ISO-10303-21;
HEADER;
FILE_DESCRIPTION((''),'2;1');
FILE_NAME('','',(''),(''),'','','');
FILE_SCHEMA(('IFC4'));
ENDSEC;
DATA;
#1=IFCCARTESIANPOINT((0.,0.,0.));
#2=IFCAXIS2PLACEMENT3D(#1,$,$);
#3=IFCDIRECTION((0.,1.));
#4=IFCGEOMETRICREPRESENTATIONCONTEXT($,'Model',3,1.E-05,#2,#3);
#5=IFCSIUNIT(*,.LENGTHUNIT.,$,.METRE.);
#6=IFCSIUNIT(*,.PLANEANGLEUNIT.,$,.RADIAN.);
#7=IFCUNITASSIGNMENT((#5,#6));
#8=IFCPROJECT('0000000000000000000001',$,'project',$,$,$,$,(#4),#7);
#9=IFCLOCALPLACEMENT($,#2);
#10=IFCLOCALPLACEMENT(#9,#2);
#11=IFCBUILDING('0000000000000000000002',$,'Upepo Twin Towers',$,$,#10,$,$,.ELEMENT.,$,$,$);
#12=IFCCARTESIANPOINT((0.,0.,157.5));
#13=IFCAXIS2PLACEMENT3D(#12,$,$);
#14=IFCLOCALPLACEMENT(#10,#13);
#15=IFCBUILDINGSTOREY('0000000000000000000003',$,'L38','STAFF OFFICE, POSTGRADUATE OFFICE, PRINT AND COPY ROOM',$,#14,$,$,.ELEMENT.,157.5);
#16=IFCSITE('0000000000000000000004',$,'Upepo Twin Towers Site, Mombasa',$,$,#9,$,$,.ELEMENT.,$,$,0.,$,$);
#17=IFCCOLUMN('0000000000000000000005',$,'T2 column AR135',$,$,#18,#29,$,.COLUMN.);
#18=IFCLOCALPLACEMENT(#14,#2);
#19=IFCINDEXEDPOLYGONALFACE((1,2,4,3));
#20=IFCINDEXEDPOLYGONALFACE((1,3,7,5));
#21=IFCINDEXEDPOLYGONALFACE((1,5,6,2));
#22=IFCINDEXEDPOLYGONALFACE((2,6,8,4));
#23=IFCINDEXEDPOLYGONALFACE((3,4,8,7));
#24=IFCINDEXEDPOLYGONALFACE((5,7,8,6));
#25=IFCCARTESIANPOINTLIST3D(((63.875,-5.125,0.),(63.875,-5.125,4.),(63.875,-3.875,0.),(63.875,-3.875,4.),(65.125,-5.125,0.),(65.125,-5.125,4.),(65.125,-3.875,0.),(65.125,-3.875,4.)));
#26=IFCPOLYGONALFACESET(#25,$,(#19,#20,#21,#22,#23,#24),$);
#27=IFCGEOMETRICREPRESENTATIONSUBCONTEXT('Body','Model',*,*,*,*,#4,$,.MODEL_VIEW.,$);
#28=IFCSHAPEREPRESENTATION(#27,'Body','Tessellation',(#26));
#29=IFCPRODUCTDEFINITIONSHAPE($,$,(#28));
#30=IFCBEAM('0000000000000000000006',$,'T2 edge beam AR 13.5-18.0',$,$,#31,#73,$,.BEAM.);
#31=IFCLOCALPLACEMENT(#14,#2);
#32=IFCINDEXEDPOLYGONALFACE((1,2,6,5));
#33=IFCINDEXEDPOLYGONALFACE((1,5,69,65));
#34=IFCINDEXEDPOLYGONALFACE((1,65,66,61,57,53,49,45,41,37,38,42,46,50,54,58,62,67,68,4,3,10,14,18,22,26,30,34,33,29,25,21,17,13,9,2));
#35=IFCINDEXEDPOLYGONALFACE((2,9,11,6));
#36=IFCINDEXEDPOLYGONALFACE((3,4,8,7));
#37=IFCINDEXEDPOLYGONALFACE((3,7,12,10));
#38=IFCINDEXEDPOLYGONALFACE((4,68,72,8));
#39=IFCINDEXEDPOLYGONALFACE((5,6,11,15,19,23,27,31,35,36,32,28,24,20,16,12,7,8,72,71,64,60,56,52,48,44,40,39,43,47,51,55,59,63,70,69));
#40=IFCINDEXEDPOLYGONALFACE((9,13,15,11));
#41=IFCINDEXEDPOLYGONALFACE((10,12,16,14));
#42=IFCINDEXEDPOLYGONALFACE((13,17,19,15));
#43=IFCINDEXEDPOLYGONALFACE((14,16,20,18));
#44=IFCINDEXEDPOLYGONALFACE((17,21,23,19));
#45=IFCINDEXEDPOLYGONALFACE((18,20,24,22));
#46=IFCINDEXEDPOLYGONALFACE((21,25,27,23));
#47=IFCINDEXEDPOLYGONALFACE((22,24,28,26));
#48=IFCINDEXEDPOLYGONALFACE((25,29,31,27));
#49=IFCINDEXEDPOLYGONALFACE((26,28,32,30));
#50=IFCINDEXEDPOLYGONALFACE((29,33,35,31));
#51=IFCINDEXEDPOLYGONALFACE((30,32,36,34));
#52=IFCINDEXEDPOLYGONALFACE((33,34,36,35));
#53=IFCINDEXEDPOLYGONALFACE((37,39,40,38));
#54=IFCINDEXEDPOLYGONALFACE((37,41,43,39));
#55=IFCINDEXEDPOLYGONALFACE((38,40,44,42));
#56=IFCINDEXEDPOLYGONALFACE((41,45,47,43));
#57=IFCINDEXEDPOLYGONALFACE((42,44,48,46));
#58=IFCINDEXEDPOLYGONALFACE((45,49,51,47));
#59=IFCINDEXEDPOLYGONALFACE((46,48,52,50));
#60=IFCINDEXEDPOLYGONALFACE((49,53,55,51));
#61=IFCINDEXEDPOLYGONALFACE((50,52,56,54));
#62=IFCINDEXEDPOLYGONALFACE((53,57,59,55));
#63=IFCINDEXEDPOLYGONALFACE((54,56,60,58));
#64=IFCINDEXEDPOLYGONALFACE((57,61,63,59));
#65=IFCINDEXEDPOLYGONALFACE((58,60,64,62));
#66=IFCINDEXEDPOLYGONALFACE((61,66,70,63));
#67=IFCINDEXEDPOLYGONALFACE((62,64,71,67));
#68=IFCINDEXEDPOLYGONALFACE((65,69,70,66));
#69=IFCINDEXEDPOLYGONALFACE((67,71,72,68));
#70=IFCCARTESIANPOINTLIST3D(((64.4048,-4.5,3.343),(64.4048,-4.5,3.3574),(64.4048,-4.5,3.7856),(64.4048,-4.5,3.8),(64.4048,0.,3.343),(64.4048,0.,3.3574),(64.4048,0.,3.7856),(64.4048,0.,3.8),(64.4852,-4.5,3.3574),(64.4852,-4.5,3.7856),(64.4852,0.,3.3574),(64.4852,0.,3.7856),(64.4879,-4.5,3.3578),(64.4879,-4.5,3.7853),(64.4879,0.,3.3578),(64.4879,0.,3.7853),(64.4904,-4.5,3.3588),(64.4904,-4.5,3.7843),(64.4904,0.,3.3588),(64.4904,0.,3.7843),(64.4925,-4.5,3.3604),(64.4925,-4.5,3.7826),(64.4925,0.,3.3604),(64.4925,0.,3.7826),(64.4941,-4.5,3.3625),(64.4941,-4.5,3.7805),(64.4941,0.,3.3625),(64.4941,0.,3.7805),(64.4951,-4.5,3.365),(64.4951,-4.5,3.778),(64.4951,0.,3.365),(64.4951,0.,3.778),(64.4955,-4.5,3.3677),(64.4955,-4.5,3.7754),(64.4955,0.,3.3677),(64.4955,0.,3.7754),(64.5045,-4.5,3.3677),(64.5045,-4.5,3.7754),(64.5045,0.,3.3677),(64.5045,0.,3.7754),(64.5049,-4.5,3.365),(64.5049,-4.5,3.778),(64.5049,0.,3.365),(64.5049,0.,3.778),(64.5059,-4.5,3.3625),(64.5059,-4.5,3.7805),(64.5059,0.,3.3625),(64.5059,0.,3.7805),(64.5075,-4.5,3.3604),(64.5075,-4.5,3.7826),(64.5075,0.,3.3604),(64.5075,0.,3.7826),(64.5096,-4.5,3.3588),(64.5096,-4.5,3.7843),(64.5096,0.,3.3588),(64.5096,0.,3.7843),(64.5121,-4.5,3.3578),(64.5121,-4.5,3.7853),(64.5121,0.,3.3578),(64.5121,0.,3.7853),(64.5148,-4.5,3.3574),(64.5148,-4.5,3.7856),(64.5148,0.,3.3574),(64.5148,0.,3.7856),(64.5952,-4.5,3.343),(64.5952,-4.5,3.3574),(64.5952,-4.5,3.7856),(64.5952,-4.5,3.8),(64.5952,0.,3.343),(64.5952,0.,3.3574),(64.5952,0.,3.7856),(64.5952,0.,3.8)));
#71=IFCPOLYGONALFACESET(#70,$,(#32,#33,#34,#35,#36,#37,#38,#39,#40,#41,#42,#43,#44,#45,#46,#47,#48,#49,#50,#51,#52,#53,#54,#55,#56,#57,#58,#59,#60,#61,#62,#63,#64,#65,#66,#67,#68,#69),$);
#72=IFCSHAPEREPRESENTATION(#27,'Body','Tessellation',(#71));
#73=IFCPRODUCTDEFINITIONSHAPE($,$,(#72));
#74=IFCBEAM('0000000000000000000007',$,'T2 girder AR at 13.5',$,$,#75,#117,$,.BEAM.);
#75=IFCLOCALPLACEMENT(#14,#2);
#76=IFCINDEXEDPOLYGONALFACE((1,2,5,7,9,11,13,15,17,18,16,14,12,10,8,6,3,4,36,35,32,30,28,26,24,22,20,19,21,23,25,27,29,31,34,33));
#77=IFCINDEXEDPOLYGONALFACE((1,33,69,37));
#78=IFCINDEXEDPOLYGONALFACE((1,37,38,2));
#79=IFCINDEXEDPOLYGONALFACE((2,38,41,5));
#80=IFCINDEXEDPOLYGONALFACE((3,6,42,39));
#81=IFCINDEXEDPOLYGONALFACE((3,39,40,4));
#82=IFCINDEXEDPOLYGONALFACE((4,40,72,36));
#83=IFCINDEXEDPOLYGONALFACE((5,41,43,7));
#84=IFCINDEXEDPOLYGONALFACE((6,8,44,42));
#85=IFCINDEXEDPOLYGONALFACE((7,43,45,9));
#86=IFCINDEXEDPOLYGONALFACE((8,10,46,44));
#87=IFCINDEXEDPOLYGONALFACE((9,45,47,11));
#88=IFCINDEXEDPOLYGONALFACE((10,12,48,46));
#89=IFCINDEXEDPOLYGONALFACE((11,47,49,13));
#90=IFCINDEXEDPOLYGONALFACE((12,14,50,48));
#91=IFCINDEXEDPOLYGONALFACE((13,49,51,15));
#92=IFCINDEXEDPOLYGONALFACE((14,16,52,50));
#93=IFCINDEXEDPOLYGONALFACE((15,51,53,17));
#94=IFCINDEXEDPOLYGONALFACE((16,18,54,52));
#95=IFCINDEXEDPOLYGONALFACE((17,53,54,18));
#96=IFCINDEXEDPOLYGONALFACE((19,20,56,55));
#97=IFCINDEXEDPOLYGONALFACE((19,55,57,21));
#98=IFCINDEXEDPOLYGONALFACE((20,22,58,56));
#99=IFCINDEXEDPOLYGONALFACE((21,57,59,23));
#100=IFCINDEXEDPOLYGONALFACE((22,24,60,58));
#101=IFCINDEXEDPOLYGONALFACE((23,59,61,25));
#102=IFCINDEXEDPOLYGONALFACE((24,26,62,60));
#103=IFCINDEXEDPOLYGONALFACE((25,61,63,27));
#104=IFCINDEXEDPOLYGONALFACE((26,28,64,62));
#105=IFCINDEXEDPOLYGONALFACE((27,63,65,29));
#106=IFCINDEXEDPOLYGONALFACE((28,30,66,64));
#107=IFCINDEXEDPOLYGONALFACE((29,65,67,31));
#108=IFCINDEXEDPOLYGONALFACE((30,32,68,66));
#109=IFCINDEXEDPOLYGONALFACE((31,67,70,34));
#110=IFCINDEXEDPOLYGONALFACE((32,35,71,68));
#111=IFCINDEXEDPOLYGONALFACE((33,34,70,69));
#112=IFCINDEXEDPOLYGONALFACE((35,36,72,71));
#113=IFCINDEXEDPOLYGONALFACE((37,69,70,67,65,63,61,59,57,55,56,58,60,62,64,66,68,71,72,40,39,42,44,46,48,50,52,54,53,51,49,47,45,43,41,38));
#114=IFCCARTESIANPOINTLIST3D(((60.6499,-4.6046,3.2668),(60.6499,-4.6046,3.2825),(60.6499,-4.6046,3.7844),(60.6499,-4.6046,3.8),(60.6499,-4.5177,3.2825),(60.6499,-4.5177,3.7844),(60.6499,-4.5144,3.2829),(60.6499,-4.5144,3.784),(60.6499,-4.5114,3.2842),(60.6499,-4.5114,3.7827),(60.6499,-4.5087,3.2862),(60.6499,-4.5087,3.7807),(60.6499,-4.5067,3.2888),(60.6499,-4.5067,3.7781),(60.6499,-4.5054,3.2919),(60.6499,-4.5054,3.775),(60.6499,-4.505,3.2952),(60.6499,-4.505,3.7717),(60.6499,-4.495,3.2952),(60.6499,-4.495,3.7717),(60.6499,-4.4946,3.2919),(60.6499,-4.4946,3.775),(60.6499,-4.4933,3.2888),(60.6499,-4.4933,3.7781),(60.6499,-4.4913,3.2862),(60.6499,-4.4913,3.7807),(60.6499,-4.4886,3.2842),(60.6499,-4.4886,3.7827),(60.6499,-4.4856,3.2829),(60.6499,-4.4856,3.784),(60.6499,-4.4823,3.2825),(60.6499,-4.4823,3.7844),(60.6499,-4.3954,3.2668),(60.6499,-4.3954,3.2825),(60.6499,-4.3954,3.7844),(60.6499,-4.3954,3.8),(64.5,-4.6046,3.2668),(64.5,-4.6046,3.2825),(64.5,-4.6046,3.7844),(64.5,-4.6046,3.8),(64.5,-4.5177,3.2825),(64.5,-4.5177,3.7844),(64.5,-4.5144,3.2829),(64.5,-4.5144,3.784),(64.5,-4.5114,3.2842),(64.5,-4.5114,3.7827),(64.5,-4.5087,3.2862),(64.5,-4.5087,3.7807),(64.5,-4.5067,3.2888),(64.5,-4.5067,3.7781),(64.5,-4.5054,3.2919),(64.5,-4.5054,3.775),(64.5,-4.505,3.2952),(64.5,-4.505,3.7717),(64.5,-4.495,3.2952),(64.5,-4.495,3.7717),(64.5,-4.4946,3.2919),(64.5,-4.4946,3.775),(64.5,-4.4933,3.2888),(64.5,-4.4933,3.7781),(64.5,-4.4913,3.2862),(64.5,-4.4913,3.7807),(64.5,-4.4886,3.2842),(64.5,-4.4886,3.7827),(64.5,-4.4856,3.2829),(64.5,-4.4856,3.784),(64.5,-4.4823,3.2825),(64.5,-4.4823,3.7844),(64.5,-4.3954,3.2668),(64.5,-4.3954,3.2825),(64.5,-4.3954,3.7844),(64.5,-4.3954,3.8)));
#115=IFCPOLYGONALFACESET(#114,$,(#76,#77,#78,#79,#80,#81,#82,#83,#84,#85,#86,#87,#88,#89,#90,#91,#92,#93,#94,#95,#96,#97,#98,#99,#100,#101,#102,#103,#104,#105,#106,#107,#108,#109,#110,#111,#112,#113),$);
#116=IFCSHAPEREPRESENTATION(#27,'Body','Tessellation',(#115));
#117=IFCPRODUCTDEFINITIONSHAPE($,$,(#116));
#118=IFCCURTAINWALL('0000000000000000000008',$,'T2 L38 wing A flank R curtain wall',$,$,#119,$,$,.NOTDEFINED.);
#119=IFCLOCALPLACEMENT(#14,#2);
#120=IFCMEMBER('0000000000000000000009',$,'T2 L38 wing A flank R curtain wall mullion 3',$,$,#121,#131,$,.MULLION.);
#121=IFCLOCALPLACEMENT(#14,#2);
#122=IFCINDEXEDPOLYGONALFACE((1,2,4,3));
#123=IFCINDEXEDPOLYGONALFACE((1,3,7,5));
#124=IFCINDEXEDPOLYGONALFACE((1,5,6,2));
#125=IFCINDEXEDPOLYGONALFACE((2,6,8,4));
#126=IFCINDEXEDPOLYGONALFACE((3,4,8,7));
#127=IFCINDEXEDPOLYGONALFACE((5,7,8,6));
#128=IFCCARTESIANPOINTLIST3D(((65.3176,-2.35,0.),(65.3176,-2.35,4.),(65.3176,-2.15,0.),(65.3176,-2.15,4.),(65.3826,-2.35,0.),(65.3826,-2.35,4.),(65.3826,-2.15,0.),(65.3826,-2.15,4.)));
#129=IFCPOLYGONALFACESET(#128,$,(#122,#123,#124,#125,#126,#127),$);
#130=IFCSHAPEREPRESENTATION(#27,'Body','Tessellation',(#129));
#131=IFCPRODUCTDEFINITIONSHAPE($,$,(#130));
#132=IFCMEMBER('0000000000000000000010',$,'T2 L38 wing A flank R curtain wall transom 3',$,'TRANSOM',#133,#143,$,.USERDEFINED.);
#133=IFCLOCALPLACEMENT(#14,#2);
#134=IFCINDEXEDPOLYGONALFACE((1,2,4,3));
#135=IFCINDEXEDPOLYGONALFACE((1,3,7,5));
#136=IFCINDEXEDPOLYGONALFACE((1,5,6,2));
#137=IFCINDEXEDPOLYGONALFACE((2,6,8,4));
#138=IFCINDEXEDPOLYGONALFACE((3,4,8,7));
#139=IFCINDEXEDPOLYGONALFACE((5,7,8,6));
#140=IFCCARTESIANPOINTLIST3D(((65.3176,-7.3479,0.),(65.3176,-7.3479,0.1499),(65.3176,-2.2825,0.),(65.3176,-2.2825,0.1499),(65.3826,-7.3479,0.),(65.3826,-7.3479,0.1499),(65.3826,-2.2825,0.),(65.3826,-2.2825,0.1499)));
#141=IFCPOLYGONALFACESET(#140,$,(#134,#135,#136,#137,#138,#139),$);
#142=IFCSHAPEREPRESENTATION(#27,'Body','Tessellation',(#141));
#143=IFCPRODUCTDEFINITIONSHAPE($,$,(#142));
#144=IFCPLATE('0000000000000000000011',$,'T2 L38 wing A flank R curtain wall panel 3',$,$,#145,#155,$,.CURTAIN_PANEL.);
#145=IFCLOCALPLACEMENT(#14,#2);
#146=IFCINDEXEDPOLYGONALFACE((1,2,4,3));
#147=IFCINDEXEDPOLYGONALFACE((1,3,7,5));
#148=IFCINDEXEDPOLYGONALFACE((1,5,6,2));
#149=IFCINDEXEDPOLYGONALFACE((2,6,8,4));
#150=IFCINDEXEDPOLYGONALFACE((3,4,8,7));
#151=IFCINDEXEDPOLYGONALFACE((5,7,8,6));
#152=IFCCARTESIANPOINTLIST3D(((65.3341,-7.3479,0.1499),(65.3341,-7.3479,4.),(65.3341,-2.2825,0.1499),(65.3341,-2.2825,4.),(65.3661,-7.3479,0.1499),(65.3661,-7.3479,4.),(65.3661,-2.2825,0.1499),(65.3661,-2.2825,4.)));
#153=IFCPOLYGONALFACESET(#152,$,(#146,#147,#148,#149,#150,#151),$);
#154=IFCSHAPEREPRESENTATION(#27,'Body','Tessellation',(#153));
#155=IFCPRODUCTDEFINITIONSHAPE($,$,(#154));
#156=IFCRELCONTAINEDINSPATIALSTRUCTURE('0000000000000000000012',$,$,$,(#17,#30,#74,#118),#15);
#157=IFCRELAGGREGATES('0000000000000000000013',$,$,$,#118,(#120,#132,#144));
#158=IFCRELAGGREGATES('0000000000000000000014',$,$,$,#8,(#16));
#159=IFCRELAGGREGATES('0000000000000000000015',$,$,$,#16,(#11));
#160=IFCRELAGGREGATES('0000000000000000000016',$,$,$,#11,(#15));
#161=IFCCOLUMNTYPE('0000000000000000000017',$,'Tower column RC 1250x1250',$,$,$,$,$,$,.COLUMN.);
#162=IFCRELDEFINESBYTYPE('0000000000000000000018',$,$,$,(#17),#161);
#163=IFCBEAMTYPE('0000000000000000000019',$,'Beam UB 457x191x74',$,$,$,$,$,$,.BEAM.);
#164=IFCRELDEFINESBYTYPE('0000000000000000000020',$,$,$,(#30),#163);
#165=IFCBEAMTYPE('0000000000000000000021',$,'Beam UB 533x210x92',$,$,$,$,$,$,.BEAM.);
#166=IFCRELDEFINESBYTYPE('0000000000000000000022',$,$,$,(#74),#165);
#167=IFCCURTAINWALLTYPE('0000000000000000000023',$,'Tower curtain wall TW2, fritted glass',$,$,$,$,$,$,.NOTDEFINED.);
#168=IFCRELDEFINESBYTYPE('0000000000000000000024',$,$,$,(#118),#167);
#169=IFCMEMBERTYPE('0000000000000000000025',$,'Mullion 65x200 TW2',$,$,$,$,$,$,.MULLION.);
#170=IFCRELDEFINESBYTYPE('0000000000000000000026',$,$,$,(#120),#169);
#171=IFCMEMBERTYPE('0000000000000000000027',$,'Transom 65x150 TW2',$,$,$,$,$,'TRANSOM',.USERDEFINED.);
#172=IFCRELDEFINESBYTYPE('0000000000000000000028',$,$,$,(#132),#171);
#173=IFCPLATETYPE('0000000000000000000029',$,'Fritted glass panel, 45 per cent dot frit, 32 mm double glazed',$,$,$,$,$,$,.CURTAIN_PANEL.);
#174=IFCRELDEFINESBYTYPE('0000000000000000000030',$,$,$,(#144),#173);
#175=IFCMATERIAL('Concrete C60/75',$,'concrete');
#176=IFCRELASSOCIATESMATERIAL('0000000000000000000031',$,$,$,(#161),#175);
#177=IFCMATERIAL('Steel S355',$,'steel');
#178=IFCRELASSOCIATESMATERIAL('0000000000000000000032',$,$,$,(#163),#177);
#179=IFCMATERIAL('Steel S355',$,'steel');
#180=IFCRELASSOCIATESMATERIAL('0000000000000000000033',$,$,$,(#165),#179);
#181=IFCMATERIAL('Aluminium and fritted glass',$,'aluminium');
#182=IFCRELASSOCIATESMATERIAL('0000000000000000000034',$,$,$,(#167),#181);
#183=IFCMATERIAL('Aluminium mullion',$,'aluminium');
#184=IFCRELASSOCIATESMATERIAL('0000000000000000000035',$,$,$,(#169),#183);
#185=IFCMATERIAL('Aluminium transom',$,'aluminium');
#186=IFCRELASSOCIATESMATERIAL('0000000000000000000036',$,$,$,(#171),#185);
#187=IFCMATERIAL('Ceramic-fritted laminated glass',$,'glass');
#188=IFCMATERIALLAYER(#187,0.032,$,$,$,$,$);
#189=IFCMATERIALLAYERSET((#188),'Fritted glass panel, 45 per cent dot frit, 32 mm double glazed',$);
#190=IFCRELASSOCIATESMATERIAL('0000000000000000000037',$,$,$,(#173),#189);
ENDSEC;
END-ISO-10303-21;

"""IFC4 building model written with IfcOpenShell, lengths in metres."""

from ifc_helpers import new_model, si_unit, direction, frame, origin, origin_2d, place, context, subcontext, project, spatial, rectangle, i_section, extrude, material, layer, layer_set, material_profile, profile_set, type_object, element, aggregate, save


model = new_model("IFC4")

# Units and contexts
model_context = context("Model", 3, precision=1e-05, world=origin(), true_north=direction((0.0, 1.0)))
body_context = subcontext(model_context, "Body", "Model", "MODEL_VIEW")
ifc_project = project(units=[si_unit("LENGTHUNIT", "METRE"), si_unit("PLANEANGLEUNIT", "RADIAN")], contexts=[model_context])

# Site, building, storey
site_placement = place(None, origin())
site = spatial("IfcSite", under=ifc_project, at=site_placement, Name="Upepo Twin Towers Site, Mombasa", CompositionType="ELEMENT", RefElevation=0.0)
building_placement = place(site_placement, origin())
building = spatial("IfcBuilding", under=site, at=building_placement, Name="Upepo Twin Towers", CompositionType="ELEMENT")
storey_placement = place(building_placement, frame((0.0, 0.0, 157.5)))
storey = spatial("IfcBuildingStorey", under=building, at=storey_placement, Name="L38", Description="STAFF OFFICE, POSTGRADUATE OFFICE, PRINT AND COPY ROOM", CompositionType="ELEMENT", Elevation=157.5)

# Column
ifc_material_1 = material(Name="Concrete C60/75", Category="concrete")
ifc_material_profile_1 = material_profile(ifc_material_1, rectangle(XDim=1.25, YDim=1.25, at=origin_2d()), Name="RC 1250x1250")
ifc_profile_set_1 = profile_set([ifc_material_profile_1], Name="Concrete C60/75")
column_type = type_object("IfcColumnType", Name="Tower column RC 1250x1250", PredefinedType="COLUMN", material=ifc_profile_set_1)
column_placement = place(storey_placement, frame((64.5, -4.5, 0.0), z_axis=(0.0, 0.0, 1.0), x_axis=(1.0, 0.0, 0.0)))
element("IfcColumn", 1, at=column_placement, inside=storey, type_object=column_type, Name="T2 column AR135", PredefinedType="COLUMN", context=body_context, shape_type="SweptSolid", body=[
    extrude(rectangle(XDim=1.25, YDim=1.25, at=origin_2d()), origin(), (0.0, 0.0, 1.0), 4.0),
])

# Beams
ifc_material_2 = material(Name="Steel S355", Category="steel")
ifc_material_profile_2 = material_profile(ifc_material_2, i_section(OverallWidth=0.1904, OverallDepth=0.457, WebThickness=0.009, FlangeThickness=0.0144, FilletRadius=0.0103, at=origin_2d()), Name="UB 457x191x74")
ifc_profile_set_2 = profile_set([ifc_material_profile_2], Name="Steel S355")
beam_type_1 = type_object("IfcBeamType", Name="Beam UB 457x191x74", PredefinedType="BEAM", material=ifc_profile_set_2)
beam_1_placement = place(storey_placement, frame((64.5, -4.5, 3.5715), z_axis=(0.0, 1.0, 0.0), x_axis=(-1.0, 0.0, 0.0)))
element("IfcBeam", 2, at=beam_1_placement, inside=storey, type_object=beam_type_1, Name="T2 edge beam AR 13.5-18.0", PredefinedType="BEAM", context=body_context, shape_type="SweptSolid", body=[
    extrude(i_section(OverallWidth=0.1904, OverallDepth=0.457, WebThickness=0.009, FlangeThickness=0.0144, FilletRadius=0.0103, at=origin_2d()), origin(), (0.0, 0.0, 1.0), 4.5),
])
ifc_material_3 = material(Name="Steel S355", Category="steel")
ifc_material_profile_3 = material_profile(ifc_material_3, i_section(OverallWidth=0.2092, OverallDepth=0.5332, WebThickness=0.01, FlangeThickness=0.0156, FilletRadius=0.0127, at=origin_2d()), Name="UB 533x210x92")
ifc_profile_set_3 = profile_set([ifc_material_profile_3], Name="Steel S355")
beam_type_2 = type_object("IfcBeamType", Name="Beam UB 533x210x92", PredefinedType="BEAM", material=ifc_profile_set_3)
beam_2_placement = place(storey_placement, frame((64.5, -4.5, 3.5334), z_axis=(-1.0, 0.0, 0.0), x_axis=(0.0, -1.0, 0.0)))
element("IfcBeam", 3, at=beam_2_placement, inside=storey, type_object=beam_type_2, Name="T2 girder AR at 13.5", PredefinedType="BEAM", context=body_context, shape_type="SweptSolid", body=[
    extrude(i_section(OverallWidth=0.2092, OverallDepth=0.5332, WebThickness=0.01, FlangeThickness=0.0156, FilletRadius=0.0127, at=origin_2d()), origin(), (0.0, 0.0, 1.0), 3.8501),
])

# Curtain wall, members, plate
ifc_material_4 = material(Name="Aluminium and fritted glass", Category="aluminium")
curtain_wall_type = type_object("IfcCurtainWallType", Name="Tower curtain wall TW2, fritted glass", PredefinedType="NOTDEFINED", material=ifc_material_4)
curtain_wall_placement = place(storey_placement, origin())
curtain_wall = element("IfcCurtainWall", 4, at=curtain_wall_placement, inside=storey, type_object=curtain_wall_type, Name="T2 L38 wing A flank R curtain wall", PredefinedType="NOTDEFINED")
ifc_material_5 = material(Name="Aluminium mullion", Category="aluminium")
ifc_material_profile_4 = material_profile(ifc_material_5, rectangle(XDim=0.0649, YDim=0.2, at=origin_2d()), Name="MULLION 65x200")
ifc_profile_set_4 = profile_set([ifc_material_profile_4], Name="Aluminium mullion")
member_type_1 = type_object("IfcMemberType", Name="Mullion 65x200 TW2", PredefinedType="MULLION", material=ifc_profile_set_4)
member_1_placement = place(storey_placement, frame((65.3501, -2.25, 0.0), z_axis=(0.0, 0.0, 1.0), x_axis=(1.0, 0.0, 0.0)))
member_1 = element("IfcMember", 5, at=member_1_placement, type_object=member_type_1, Name="T2 L38 wing A flank R curtain wall mullion 3", PredefinedType="MULLION", context=body_context, shape_type="SweptSolid", body=[
    extrude(rectangle(XDim=0.0649, YDim=0.2, at=origin_2d()), origin(), (0.0, 0.0, 1.0), 4.0),
])
ifc_material_6 = material(Name="Aluminium transom", Category="aluminium")
ifc_material_profile_5 = material_profile(ifc_material_6, rectangle(XDim=0.0649, YDim=0.1499, at=origin_2d()), Name="TRANSOM 65x150")
ifc_profile_set_5 = profile_set([ifc_material_profile_5], Name="Aluminium transom")
member_type_2 = type_object("IfcMemberType", Name="Transom 65x150 TW2", ElementType="TRANSOM", PredefinedType="USERDEFINED", material=ifc_profile_set_5)
member_2_placement = place(storey_placement, frame((65.3501, -2.2825, 0.075), z_axis=(0.0, -1.0, 0.0), x_axis=(1.0, 0.0, 0.0)))
member_2 = element("IfcMember", 6, at=member_2_placement, type_object=member_type_2, Name="T2 L38 wing A flank R curtain wall transom 3", ObjectType="TRANSOM", PredefinedType="USERDEFINED", context=body_context, shape_type="SweptSolid", body=[
    extrude(rectangle(XDim=0.0649, YDim=0.1499, at=origin_2d()), origin(), (0.0, 0.0, 1.0), 5.0654),
])
ifc_material_7 = material(Name="Ceramic-fritted laminated glass", Category="glass")
ifc_layer_1 = layer(ifc_material_7, 0.032)
ifc_layer_set_1 = layer_set([ifc_layer_1], Name="Fritted glass panel, 45 per cent dot frit, 32 mm double glazed")
plate_type = type_object("IfcPlateType", Name="Fritted glass panel, 45 per cent dot frit, 32 mm double glazed", PredefinedType="CURTAIN_PANEL", material=ifc_layer_set_1)
plate_placement = place(storey_placement, frame((65.3501, -4.8152, 0.1499), z_axis=(0.0, 0.0, 1.0), x_axis=(0.0, -1.0, 0.0)))
plate = element("IfcPlate", 7, at=plate_placement, type_object=plate_type, Name="T2 L38 wing A flank R curtain wall panel 3", PredefinedType="CURTAIN_PANEL", context=body_context, shape_type="SweptSolid", body=[
    extrude(rectangle(XDim=5.0654, YDim=0.032, at=origin_2d()), origin(), (0.0, 0.0, 1.0), 3.8501),
])
aggregate(curtain_wall, [member_1, member_2, plate])

save(model, "model.ifc")
